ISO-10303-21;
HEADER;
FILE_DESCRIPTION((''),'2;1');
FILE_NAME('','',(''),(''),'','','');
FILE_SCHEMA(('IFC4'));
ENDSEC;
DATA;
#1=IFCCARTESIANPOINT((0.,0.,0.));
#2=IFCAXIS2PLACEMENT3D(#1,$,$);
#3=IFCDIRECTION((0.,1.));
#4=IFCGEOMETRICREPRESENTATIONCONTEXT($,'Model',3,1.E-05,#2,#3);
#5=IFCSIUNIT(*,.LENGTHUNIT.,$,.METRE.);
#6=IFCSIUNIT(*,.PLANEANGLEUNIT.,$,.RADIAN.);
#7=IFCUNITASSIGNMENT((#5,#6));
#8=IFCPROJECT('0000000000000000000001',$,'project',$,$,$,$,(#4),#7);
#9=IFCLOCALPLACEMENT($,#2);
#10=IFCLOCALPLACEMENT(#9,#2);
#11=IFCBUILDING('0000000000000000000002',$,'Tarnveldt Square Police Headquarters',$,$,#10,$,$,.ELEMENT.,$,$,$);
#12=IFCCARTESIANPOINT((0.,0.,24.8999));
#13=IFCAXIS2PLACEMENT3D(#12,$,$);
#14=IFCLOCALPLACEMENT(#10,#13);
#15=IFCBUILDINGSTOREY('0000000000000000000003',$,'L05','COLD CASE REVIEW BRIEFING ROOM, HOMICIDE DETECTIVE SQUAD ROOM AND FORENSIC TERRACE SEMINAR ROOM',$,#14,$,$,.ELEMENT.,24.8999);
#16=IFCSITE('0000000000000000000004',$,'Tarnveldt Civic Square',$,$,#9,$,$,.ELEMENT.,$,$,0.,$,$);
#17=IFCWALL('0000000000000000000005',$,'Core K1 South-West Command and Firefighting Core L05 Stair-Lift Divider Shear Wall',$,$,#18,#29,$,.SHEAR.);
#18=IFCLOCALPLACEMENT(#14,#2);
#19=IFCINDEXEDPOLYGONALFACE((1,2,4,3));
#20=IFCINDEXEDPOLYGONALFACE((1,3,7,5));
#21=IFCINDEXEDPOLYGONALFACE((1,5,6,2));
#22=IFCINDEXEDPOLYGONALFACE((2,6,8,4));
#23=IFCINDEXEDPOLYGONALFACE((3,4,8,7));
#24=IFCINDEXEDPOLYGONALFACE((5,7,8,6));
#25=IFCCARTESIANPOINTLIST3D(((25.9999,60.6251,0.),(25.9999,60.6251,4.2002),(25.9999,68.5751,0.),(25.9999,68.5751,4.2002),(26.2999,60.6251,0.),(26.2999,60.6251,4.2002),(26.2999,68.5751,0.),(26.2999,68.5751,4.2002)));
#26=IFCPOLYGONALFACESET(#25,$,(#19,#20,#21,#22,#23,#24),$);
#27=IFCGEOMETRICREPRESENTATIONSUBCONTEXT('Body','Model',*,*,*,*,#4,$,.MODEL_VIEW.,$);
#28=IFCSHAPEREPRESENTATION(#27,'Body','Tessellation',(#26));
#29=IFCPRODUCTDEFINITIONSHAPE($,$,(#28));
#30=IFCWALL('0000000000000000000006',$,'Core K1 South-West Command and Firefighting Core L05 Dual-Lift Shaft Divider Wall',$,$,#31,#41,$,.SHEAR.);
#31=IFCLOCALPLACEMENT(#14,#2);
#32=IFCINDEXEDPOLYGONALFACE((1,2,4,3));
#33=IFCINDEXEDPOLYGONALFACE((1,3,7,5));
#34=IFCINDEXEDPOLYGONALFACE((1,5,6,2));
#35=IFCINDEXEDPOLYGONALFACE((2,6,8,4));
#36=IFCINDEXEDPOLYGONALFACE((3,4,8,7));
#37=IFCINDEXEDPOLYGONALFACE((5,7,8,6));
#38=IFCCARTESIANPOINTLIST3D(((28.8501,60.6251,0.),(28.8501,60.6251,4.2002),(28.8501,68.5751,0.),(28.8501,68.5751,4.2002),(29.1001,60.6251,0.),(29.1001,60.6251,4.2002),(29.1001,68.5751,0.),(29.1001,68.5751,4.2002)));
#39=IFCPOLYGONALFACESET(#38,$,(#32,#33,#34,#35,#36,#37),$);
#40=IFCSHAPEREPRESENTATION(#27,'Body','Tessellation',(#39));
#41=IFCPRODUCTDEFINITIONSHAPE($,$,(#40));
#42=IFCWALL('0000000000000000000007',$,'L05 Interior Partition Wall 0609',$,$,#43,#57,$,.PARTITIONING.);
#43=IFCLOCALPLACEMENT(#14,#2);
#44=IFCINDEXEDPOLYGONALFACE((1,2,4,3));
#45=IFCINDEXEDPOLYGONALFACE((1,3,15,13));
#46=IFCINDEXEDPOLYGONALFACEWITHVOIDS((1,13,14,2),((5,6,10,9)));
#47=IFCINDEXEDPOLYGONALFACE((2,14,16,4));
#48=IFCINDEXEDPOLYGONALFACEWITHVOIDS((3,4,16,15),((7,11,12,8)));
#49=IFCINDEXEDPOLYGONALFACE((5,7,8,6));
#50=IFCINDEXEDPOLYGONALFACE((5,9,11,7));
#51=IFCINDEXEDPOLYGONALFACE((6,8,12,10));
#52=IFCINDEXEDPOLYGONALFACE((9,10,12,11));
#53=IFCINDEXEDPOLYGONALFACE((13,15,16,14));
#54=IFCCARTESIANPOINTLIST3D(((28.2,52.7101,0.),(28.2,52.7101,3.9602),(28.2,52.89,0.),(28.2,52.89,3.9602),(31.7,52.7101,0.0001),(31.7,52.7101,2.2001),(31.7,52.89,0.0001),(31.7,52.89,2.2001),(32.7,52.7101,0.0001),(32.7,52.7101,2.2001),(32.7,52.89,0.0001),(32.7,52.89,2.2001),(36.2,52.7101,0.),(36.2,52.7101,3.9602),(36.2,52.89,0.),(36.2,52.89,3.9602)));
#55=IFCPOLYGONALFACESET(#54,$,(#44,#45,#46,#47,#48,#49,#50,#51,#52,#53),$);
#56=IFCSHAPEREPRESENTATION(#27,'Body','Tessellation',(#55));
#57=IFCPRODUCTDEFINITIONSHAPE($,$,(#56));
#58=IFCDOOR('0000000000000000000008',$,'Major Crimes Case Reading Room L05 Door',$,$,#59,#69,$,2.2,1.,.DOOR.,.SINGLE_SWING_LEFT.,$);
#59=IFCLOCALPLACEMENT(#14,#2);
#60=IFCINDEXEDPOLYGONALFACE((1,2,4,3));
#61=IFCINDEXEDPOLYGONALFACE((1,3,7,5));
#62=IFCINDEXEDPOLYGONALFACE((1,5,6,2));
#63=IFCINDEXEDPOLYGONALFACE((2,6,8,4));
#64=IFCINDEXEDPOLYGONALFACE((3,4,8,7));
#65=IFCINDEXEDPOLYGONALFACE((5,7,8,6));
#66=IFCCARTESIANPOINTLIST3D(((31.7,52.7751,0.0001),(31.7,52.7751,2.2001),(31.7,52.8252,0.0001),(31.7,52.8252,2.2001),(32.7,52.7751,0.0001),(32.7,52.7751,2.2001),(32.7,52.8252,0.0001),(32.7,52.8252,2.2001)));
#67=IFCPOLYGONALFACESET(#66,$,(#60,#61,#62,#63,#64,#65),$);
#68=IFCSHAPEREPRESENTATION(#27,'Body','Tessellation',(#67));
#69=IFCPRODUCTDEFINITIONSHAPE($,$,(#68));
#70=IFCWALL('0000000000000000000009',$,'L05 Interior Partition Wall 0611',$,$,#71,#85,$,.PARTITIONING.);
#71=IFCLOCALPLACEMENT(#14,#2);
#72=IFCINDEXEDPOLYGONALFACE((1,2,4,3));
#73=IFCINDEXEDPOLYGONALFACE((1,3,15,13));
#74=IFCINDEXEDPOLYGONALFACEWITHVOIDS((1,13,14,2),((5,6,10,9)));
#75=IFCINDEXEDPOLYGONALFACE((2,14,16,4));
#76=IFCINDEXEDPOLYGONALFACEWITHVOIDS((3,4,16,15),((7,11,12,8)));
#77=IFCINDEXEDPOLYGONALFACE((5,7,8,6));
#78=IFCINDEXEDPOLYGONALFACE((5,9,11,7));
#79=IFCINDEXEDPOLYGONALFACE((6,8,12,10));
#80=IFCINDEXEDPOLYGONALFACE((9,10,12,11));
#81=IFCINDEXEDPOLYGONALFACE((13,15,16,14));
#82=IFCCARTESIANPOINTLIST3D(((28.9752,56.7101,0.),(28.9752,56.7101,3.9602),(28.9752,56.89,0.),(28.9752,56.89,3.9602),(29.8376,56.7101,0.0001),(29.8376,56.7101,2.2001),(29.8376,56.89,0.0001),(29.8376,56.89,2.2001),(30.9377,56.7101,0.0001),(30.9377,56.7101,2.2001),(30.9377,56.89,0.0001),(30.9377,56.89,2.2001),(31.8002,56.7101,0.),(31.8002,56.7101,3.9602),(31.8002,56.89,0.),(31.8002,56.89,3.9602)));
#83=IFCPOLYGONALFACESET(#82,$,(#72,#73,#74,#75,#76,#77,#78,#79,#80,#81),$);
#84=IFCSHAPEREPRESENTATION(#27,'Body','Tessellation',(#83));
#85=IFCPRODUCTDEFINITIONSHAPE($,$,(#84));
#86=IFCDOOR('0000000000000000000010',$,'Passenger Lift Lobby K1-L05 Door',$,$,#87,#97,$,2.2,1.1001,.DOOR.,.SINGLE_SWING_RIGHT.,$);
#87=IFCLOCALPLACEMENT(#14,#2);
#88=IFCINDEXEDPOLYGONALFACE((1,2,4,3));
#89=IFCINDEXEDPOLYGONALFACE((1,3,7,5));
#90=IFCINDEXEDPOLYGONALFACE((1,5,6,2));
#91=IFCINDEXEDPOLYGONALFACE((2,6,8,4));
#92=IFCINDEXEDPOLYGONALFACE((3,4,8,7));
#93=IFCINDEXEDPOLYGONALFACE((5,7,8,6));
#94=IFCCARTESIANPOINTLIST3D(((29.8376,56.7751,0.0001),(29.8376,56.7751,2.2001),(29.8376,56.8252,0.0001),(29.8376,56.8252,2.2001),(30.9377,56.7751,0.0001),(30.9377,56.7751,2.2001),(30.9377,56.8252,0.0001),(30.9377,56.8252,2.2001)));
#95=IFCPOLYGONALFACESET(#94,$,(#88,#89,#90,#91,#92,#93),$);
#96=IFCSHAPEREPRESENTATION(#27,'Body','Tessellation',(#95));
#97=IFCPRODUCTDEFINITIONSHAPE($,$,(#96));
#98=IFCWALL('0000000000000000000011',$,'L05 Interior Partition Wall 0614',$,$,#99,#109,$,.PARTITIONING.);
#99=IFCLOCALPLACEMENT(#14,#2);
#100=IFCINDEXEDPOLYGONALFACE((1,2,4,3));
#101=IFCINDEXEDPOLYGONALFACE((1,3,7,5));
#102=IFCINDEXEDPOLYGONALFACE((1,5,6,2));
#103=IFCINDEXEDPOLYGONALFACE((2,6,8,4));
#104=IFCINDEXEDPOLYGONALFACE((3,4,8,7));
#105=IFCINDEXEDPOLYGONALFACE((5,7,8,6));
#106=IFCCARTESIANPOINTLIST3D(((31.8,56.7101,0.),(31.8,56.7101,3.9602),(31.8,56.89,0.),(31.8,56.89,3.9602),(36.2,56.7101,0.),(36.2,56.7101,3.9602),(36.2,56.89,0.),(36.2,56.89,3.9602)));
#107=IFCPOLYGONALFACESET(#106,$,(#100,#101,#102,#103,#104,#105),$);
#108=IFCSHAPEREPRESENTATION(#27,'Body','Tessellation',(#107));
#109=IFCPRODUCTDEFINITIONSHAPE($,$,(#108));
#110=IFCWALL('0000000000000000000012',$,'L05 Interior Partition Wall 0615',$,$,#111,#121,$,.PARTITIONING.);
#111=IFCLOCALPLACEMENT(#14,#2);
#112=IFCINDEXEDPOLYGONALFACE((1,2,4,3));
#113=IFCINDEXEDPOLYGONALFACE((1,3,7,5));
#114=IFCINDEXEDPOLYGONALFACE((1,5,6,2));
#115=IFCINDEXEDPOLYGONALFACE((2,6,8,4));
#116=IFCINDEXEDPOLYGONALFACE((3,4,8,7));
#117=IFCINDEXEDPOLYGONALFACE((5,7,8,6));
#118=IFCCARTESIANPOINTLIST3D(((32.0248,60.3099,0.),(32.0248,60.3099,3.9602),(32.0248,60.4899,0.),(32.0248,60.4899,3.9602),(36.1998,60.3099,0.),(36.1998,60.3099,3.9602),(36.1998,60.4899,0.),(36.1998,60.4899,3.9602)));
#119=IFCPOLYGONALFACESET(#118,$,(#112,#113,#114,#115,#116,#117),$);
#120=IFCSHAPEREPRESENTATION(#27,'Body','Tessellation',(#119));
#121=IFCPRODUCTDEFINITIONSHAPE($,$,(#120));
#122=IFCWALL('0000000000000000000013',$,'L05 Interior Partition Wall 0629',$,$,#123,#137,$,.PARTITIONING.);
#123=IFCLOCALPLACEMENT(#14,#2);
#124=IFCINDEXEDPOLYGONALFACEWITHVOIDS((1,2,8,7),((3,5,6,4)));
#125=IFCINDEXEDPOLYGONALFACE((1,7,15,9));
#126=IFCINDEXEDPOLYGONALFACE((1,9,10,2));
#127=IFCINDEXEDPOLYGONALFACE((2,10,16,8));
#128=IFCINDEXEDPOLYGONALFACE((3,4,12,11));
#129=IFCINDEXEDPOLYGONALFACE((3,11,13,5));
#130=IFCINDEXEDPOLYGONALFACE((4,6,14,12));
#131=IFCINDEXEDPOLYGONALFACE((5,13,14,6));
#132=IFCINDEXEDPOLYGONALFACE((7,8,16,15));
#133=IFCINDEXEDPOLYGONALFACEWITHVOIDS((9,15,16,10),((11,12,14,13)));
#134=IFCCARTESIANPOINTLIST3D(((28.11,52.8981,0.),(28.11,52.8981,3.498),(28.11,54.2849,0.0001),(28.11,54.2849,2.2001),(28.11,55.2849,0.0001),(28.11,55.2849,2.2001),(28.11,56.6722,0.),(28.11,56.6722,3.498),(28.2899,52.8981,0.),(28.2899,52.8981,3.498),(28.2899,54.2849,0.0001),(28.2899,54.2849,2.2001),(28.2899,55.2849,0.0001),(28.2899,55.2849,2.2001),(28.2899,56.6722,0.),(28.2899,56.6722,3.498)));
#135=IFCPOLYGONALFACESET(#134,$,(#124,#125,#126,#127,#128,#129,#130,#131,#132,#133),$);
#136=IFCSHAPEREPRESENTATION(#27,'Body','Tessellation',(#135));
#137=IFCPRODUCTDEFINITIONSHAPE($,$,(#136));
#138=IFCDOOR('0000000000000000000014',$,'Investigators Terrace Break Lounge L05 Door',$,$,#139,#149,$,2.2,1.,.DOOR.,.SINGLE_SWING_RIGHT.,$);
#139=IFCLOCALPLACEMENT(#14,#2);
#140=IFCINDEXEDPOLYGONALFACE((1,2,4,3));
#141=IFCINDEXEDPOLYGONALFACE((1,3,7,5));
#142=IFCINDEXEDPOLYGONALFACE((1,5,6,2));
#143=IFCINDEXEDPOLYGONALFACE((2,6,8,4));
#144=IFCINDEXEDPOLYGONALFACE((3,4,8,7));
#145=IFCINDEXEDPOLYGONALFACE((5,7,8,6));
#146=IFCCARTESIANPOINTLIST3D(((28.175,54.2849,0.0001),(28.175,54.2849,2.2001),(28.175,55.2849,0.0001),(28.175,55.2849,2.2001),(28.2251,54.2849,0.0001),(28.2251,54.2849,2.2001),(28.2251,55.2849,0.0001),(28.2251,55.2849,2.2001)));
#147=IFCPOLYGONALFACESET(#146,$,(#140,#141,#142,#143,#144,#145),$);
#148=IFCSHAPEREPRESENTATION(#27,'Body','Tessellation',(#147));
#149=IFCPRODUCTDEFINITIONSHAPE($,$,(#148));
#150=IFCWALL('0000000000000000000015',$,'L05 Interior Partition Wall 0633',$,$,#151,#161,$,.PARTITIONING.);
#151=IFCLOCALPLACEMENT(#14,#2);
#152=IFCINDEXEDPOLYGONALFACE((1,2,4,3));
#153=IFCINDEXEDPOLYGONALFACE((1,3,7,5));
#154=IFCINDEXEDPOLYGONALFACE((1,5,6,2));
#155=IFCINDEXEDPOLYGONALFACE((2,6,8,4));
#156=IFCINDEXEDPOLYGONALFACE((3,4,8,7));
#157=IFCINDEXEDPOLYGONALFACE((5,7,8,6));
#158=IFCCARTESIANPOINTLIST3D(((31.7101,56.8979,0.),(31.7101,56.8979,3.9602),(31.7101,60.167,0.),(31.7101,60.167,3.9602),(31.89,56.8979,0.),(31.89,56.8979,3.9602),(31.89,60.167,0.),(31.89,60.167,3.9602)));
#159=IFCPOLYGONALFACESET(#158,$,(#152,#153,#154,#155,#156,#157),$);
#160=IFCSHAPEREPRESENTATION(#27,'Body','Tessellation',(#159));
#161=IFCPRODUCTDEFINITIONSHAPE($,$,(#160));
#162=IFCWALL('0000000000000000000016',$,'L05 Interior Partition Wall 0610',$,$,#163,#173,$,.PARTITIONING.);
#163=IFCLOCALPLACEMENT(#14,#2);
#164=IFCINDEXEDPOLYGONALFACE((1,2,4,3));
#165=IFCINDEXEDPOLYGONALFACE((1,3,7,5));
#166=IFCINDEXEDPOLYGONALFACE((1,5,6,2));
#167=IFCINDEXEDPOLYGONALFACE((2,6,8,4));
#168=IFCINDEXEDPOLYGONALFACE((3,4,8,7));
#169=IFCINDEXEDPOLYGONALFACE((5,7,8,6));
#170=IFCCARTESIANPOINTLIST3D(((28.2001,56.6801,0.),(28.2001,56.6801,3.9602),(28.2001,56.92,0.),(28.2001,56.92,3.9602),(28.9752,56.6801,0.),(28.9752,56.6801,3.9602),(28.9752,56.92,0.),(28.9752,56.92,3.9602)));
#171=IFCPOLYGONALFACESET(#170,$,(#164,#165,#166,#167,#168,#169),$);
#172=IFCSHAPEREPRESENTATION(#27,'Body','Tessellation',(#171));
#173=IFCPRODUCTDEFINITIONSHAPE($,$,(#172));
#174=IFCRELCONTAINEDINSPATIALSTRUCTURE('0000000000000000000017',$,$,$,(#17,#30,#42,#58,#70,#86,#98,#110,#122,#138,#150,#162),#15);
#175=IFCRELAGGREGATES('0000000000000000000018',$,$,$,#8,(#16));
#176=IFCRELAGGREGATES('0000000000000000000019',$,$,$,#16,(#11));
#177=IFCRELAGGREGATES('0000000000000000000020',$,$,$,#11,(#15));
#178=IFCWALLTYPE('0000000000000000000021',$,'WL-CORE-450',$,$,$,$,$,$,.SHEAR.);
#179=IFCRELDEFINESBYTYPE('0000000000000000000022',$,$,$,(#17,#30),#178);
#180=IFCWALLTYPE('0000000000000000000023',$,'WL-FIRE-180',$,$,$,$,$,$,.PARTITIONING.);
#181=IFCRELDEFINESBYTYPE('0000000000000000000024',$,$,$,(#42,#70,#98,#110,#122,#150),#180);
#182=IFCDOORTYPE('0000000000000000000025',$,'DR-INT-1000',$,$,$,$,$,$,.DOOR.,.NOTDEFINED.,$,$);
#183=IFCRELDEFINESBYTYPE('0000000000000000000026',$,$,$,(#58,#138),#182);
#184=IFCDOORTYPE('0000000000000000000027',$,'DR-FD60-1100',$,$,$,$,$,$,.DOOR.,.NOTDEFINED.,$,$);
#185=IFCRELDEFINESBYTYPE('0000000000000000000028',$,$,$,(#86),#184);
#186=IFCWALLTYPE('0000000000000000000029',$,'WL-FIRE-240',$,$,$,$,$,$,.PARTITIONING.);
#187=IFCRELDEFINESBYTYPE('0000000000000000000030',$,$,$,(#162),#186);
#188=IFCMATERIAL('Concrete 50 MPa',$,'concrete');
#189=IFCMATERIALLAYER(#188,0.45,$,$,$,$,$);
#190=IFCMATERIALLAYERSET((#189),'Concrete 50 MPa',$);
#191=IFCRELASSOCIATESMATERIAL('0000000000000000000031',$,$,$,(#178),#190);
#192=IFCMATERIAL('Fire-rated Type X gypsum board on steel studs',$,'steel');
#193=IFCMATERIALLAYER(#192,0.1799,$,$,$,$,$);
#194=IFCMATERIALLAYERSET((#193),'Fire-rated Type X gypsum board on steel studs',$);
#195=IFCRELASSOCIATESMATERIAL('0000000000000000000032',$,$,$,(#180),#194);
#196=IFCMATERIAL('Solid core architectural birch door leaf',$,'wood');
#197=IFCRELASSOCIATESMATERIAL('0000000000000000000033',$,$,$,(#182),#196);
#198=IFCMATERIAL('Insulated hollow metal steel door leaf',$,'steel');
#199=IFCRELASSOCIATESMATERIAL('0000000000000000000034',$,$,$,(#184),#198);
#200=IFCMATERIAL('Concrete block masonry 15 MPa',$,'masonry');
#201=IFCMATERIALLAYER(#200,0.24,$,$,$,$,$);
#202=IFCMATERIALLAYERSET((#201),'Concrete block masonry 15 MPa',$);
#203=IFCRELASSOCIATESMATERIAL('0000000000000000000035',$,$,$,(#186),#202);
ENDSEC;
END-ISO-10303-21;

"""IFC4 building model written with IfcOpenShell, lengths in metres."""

from ifc_helpers import new_model, si_unit, direction, frame, frame_2d, origin, place, context, subcontext, project, spatial, rectangle, extrude, material, layer, layer_set, type_object, element, fill, save


model = new_model("IFC4")

# Units and contexts
model_context = context("Model", 3, precision=1e-05, world=origin(), true_north=direction((0.0, 1.0)))
body_context = subcontext(model_context, "Body", "Model", "MODEL_VIEW")
ifc_project = project(units=[si_unit("LENGTHUNIT", "METRE"), si_unit("PLANEANGLEUNIT", "RADIAN")], contexts=[model_context])

# Site, building, storey
site_placement = place(None, origin())
site = spatial("IfcSite", under=ifc_project, at=site_placement, Name="Tarnveldt Civic Square", CompositionType="ELEMENT", RefElevation=0.0)
building_placement = place(site_placement, origin())
building = spatial("IfcBuilding", under=site, at=building_placement, Name="Tarnveldt Square Police Headquarters", CompositionType="ELEMENT")
storey_placement = place(building_placement, frame((0.0, 0.0, 24.8999)))
storey = spatial("IfcBuildingStorey", under=building, at=storey_placement, Name="L05", Description="COLD CASE REVIEW BRIEFING ROOM, HOMICIDE DETECTIVE SQUAD ROOM AND FORENSIC TERRACE SEMINAR ROOM", CompositionType="ELEMENT", Elevation=24.8999)

# Walls
ifc_material_1 = material(Name="Concrete 50 MPa", Category="concrete")
ifc_layer_1 = layer(ifc_material_1, 0.45)
ifc_layer_set_1 = layer_set([ifc_layer_1], Name="Concrete 50 MPa")
wall_type_1 = type_object("IfcWallType", Name="WL-CORE-450", PredefinedType="SHEAR", material=ifc_layer_set_1)
wall_1_placement = place(storey_placement, frame((26.1499, 60.625, 0.0), z_axis=(0.0, 0.0, 1.0), x_axis=(0.0, 1.0, 0.0)))
element("IfcWall", 1, at=wall_1_placement, inside=storey, type_object=wall_type_1, Name="Core K1 South-West Command and Firefighting Core L05 Stair-Lift Divider Shear Wall", PredefinedType="SHEAR", context=body_context, shape_type="SweptSolid", body=[
    extrude(rectangle(XDim=7.95, YDim=0.3, at=frame_2d((3.9751, 0.0))), origin(), (0.0, 0.0, 1.0), 4.2002),
])
wall_2_placement = place(storey_placement, frame((28.9751, 60.625, 0.0), z_axis=(0.0, 0.0, 1.0), x_axis=(0.0, 1.0, 0.0)))
element("IfcWall", 2, at=wall_2_placement, inside=storey, type_object=wall_type_1, Name="Core K1 South-West Command and Firefighting Core L05 Dual-Lift Shaft Divider Wall", PredefinedType="SHEAR", context=body_context, shape_type="SweptSolid", body=[
    extrude(rectangle(XDim=7.95, YDim=0.25, at=frame_2d((3.9751, 0.0))), origin(), (0.0, 0.0, 1.0), 4.2002),
])

# Walls, openings, doors
ifc_material_2 = material(Name="Fire-rated Type X gypsum board on steel studs", Category="steel")
ifc_layer_2 = layer(ifc_material_2, 0.1799)
ifc_layer_set_2 = layer_set([ifc_layer_2], Name="Fire-rated Type X gypsum board on steel studs")
wall_type_2 = type_object("IfcWallType", Name="WL-FIRE-180", PredefinedType="PARTITIONING", material=ifc_layer_set_2)
wall_3_placement = place(storey_placement, frame((28.2, 52.8, 0.0), z_axis=(0.0, 0.0, 1.0), x_axis=(1.0, 0.0, 0.0)))
wall_3 = element("IfcWall", 3, at=wall_3_placement, inside=storey, type_object=wall_type_2, Name="L05 Interior Partition Wall 0609", PredefinedType="PARTITIONING", context=body_context, shape_type="SweptSolid", body=[
    extrude(rectangle(XDim=8.0, YDim=0.1799, at=frame_2d((4.0, 0.0))), origin(), (0.0, 0.0, 1.0), 3.9602),
])
opening_1_placement = place(wall_3_placement, frame((3.5, 0.0, 0.0)))
opening_1 = element("IfcOpeningElement", 4, at=opening_1_placement, cuts=wall_3, PredefinedType="OPENING", context=body_context, shape_type="SweptSolid", body=[
    extrude(rectangle(XDim=1.0, YDim=2.2, at=frame_2d((0.5, 1.1001))), frame((0.0, 0.0999, 0.0), z_axis=(0.0, -1.0, 0.0), x_axis=(1.0, 0.0, 0.0)), (0.0, 0.0, 1.0), 0.2),
])
ifc_material_3 = material(Name="Solid core architectural birch door leaf", Category="wood")
door_type_1 = type_object("IfcDoorType", Name="DR-INT-1000", OperationType="NOTDEFINED", PredefinedType="DOOR", material=ifc_material_3)
door_1_placement = place(opening_1_placement, frame((1.0, 0.0, 0.0), z_axis=(0.0, 0.0, 1.0), x_axis=(-1.0, 0.0, 0.0)))
door_1 = element("IfcDoor", 5, at=door_1_placement, inside=storey, type_object=door_type_1, Name="Major Crimes Case Reading Room L05 Door", OperationType="SINGLE_SWING_LEFT", OverallHeight=2.2, OverallWidth=1.0, PredefinedType="DOOR", context=body_context, shape_type="SweptSolid", body=[
    extrude(rectangle(XDim=1.0, YDim=2.2, at=frame_2d((0.5, 1.1001))), frame((0.0, 0.0249, 0.0), z_axis=(0.0, -1.0, 0.0), x_axis=(1.0, 0.0, 0.0)), (0.0, 0.0, 1.0), 0.05),
])
fill(opening_1, door_1)
wall_4_placement = place(storey_placement, frame((28.9751, 56.8, 0.0), z_axis=(0.0, 0.0, 1.0), x_axis=(1.0, 0.0, 0.0)))
wall_4 = element("IfcWall", 6, at=wall_4_placement, inside=storey, type_object=wall_type_2, Name="L05 Interior Partition Wall 0611", PredefinedType="PARTITIONING", context=body_context, shape_type="SweptSolid", body=[
    extrude(rectangle(XDim=2.825, YDim=0.1799, at=frame_2d((1.4126, 0.0))), origin(), (0.0, 0.0, 1.0), 3.9602),
])
opening_2_placement = place(wall_4_placement, frame((0.8625, 0.0, 0.0)))
opening_2 = element("IfcOpeningElement", 7, at=opening_2_placement, cuts=wall_4, PredefinedType="OPENING", context=body_context, shape_type="SweptSolid", body=[
    extrude(rectangle(XDim=1.1001, YDim=2.2, at=frame_2d((0.55, 1.1001))), frame((0.0, 0.0999, 0.0), z_axis=(0.0, -1.0, 0.0), x_axis=(1.0, 0.0, 0.0)), (0.0, 0.0, 1.0), 0.2),
])
ifc_material_4 = material(Name="Insulated hollow metal steel door leaf", Category="steel")
door_type_2 = type_object("IfcDoorType", Name="DR-FD60-1100", OperationType="NOTDEFINED", PredefinedType="DOOR", material=ifc_material_4)
door_2_placement = place(opening_2_placement, frame((1.1001, 0.0, 0.0), z_axis=(0.0, 0.0, 1.0), x_axis=(-1.0, 0.0, 0.0)))
door_2 = element("IfcDoor", 8, at=door_2_placement, inside=storey, type_object=door_type_2, Name="Passenger Lift Lobby K1-L05 Door", OperationType="SINGLE_SWING_RIGHT", OverallHeight=2.2, OverallWidth=1.1001, PredefinedType="DOOR", context=body_context, shape_type="SweptSolid", body=[
    extrude(rectangle(XDim=1.1001, YDim=2.2, at=frame_2d((0.55, 1.1001))), frame((0.0, 0.0249, 0.0), z_axis=(0.0, -1.0, 0.0), x_axis=(1.0, 0.0, 0.0)), (0.0, 0.0, 1.0), 0.05),
])
fill(opening_2, door_2)

# Walls
wall_5_placement = place(storey_placement, frame((31.8, 56.8, 0.0), z_axis=(0.0, 0.0, 1.0), x_axis=(1.0, 0.0, 0.0)))
element("IfcWall", 9, at=wall_5_placement, inside=storey, type_object=wall_type_2, Name="L05 Interior Partition Wall 0614", PredefinedType="PARTITIONING", context=body_context, shape_type="SweptSolid", body=[
    extrude(rectangle(XDim=4.3999, YDim=0.1799, at=frame_2d((2.2, 0.0))), origin(), (0.0, 0.0, 1.0), 3.9602),
])
wall_6_placement = place(storey_placement, frame((32.0249, 60.3999, 0.0), z_axis=(0.0, 0.0, 1.0), x_axis=(1.0, 0.0, 0.0)))
element("IfcWall", 10, at=wall_6_placement, inside=storey, type_object=wall_type_2, Name="L05 Interior Partition Wall 0615", PredefinedType="PARTITIONING", context=body_context, shape_type="SweptSolid", body=[
    extrude(rectangle(XDim=4.175, YDim=0.1799, at=frame_2d((2.0874, 0.0))), origin(), (0.0, 0.0, 1.0), 3.9602),
])

# Wall, opening, door
wall_7_placement = place(storey_placement, frame((28.2, 52.8979, 0.0), z_axis=(0.0, 0.0, 1.0), x_axis=(0.0, 1.0, 0.0)))
wall_7 = element("IfcWall", 11, at=wall_7_placement, inside=storey, type_object=wall_type_2, Name="L05 Interior Partition Wall 0629", PredefinedType="PARTITIONING", context=body_context, shape_type="SweptSolid", body=[
    extrude(rectangle(XDim=3.7742, YDim=0.1799, at=frame_2d((1.8872, 0.0))), origin(), (0.0, 0.0, 1.0), 3.498),
])
opening_3_placement = place(wall_7_placement, frame((1.387, 0.0, 0.0)))
opening_3 = element("IfcOpeningElement", 12, at=opening_3_placement, cuts=wall_7, PredefinedType="OPENING", context=body_context, shape_type="SweptSolid", body=[
    extrude(rectangle(XDim=1.0, YDim=2.2, at=frame_2d((0.5, 1.1001))), frame((0.0, 0.0999, 0.0), z_axis=(0.0, -1.0, 0.0), x_axis=(1.0, 0.0, 0.0)), (0.0, 0.0, 1.0), 0.2),
])
door_3_placement = place(opening_3_placement, origin())
door_3 = element("IfcDoor", 13, at=door_3_placement, inside=storey, type_object=door_type_1, Name="Investigators Terrace Break Lounge L05 Door", OperationType="SINGLE_SWING_RIGHT", OverallHeight=2.2, OverallWidth=1.0, PredefinedType="DOOR", context=body_context, shape_type="SweptSolid", body=[
    extrude(rectangle(XDim=1.0, YDim=2.2, at=frame_2d((0.5, 1.1001))), frame((0.0, 0.0249, 0.0), z_axis=(0.0, -1.0, 0.0), x_axis=(1.0, 0.0, 0.0)), (0.0, 0.0, 1.0), 0.05),
])
fill(opening_3, door_3)

# Walls
wall_8_placement = place(storey_placement, frame((31.8, 56.8979, 0.0), z_axis=(0.0, 0.0, 1.0), x_axis=(0.0, 1.0, 0.0)))
element("IfcWall", 14, at=wall_8_placement, inside=storey, type_object=wall_type_2, Name="L05 Interior Partition Wall 0633", PredefinedType="PARTITIONING", context=body_context, shape_type="SweptSolid", body=[
    extrude(rectangle(XDim=3.269, YDim=0.1799, at=frame_2d((1.6345, 0.0))), origin(), (0.0, 0.0, 1.0), 3.9602),
])
ifc_material_5 = material(Name="Concrete block masonry 15 MPa", Category="masonry")
ifc_layer_3 = layer(ifc_material_5, 0.24)
ifc_layer_set_3 = layer_set([ifc_layer_3], Name="Concrete block masonry 15 MPa")
wall_type_3 = type_object("IfcWallType", Name="WL-FIRE-240", PredefinedType="PARTITIONING", material=ifc_layer_set_3)
wall_9_placement = place(storey_placement, frame((28.2, 56.8, 0.0), z_axis=(0.0, 0.0, 1.0), x_axis=(1.0, 0.0, 0.0)))
element("IfcWall", 15, at=wall_9_placement, inside=storey, type_object=wall_type_3, Name="L05 Interior Partition Wall 0610", PredefinedType="PARTITIONING", context=body_context, shape_type="SweptSolid", body=[
    extrude(rectangle(XDim=0.7751, YDim=0.24, at=frame_2d((0.3877, 0.0))), origin(), (0.0, 0.0, 1.0), 3.9602),
])

save(model, "model.ifc")
